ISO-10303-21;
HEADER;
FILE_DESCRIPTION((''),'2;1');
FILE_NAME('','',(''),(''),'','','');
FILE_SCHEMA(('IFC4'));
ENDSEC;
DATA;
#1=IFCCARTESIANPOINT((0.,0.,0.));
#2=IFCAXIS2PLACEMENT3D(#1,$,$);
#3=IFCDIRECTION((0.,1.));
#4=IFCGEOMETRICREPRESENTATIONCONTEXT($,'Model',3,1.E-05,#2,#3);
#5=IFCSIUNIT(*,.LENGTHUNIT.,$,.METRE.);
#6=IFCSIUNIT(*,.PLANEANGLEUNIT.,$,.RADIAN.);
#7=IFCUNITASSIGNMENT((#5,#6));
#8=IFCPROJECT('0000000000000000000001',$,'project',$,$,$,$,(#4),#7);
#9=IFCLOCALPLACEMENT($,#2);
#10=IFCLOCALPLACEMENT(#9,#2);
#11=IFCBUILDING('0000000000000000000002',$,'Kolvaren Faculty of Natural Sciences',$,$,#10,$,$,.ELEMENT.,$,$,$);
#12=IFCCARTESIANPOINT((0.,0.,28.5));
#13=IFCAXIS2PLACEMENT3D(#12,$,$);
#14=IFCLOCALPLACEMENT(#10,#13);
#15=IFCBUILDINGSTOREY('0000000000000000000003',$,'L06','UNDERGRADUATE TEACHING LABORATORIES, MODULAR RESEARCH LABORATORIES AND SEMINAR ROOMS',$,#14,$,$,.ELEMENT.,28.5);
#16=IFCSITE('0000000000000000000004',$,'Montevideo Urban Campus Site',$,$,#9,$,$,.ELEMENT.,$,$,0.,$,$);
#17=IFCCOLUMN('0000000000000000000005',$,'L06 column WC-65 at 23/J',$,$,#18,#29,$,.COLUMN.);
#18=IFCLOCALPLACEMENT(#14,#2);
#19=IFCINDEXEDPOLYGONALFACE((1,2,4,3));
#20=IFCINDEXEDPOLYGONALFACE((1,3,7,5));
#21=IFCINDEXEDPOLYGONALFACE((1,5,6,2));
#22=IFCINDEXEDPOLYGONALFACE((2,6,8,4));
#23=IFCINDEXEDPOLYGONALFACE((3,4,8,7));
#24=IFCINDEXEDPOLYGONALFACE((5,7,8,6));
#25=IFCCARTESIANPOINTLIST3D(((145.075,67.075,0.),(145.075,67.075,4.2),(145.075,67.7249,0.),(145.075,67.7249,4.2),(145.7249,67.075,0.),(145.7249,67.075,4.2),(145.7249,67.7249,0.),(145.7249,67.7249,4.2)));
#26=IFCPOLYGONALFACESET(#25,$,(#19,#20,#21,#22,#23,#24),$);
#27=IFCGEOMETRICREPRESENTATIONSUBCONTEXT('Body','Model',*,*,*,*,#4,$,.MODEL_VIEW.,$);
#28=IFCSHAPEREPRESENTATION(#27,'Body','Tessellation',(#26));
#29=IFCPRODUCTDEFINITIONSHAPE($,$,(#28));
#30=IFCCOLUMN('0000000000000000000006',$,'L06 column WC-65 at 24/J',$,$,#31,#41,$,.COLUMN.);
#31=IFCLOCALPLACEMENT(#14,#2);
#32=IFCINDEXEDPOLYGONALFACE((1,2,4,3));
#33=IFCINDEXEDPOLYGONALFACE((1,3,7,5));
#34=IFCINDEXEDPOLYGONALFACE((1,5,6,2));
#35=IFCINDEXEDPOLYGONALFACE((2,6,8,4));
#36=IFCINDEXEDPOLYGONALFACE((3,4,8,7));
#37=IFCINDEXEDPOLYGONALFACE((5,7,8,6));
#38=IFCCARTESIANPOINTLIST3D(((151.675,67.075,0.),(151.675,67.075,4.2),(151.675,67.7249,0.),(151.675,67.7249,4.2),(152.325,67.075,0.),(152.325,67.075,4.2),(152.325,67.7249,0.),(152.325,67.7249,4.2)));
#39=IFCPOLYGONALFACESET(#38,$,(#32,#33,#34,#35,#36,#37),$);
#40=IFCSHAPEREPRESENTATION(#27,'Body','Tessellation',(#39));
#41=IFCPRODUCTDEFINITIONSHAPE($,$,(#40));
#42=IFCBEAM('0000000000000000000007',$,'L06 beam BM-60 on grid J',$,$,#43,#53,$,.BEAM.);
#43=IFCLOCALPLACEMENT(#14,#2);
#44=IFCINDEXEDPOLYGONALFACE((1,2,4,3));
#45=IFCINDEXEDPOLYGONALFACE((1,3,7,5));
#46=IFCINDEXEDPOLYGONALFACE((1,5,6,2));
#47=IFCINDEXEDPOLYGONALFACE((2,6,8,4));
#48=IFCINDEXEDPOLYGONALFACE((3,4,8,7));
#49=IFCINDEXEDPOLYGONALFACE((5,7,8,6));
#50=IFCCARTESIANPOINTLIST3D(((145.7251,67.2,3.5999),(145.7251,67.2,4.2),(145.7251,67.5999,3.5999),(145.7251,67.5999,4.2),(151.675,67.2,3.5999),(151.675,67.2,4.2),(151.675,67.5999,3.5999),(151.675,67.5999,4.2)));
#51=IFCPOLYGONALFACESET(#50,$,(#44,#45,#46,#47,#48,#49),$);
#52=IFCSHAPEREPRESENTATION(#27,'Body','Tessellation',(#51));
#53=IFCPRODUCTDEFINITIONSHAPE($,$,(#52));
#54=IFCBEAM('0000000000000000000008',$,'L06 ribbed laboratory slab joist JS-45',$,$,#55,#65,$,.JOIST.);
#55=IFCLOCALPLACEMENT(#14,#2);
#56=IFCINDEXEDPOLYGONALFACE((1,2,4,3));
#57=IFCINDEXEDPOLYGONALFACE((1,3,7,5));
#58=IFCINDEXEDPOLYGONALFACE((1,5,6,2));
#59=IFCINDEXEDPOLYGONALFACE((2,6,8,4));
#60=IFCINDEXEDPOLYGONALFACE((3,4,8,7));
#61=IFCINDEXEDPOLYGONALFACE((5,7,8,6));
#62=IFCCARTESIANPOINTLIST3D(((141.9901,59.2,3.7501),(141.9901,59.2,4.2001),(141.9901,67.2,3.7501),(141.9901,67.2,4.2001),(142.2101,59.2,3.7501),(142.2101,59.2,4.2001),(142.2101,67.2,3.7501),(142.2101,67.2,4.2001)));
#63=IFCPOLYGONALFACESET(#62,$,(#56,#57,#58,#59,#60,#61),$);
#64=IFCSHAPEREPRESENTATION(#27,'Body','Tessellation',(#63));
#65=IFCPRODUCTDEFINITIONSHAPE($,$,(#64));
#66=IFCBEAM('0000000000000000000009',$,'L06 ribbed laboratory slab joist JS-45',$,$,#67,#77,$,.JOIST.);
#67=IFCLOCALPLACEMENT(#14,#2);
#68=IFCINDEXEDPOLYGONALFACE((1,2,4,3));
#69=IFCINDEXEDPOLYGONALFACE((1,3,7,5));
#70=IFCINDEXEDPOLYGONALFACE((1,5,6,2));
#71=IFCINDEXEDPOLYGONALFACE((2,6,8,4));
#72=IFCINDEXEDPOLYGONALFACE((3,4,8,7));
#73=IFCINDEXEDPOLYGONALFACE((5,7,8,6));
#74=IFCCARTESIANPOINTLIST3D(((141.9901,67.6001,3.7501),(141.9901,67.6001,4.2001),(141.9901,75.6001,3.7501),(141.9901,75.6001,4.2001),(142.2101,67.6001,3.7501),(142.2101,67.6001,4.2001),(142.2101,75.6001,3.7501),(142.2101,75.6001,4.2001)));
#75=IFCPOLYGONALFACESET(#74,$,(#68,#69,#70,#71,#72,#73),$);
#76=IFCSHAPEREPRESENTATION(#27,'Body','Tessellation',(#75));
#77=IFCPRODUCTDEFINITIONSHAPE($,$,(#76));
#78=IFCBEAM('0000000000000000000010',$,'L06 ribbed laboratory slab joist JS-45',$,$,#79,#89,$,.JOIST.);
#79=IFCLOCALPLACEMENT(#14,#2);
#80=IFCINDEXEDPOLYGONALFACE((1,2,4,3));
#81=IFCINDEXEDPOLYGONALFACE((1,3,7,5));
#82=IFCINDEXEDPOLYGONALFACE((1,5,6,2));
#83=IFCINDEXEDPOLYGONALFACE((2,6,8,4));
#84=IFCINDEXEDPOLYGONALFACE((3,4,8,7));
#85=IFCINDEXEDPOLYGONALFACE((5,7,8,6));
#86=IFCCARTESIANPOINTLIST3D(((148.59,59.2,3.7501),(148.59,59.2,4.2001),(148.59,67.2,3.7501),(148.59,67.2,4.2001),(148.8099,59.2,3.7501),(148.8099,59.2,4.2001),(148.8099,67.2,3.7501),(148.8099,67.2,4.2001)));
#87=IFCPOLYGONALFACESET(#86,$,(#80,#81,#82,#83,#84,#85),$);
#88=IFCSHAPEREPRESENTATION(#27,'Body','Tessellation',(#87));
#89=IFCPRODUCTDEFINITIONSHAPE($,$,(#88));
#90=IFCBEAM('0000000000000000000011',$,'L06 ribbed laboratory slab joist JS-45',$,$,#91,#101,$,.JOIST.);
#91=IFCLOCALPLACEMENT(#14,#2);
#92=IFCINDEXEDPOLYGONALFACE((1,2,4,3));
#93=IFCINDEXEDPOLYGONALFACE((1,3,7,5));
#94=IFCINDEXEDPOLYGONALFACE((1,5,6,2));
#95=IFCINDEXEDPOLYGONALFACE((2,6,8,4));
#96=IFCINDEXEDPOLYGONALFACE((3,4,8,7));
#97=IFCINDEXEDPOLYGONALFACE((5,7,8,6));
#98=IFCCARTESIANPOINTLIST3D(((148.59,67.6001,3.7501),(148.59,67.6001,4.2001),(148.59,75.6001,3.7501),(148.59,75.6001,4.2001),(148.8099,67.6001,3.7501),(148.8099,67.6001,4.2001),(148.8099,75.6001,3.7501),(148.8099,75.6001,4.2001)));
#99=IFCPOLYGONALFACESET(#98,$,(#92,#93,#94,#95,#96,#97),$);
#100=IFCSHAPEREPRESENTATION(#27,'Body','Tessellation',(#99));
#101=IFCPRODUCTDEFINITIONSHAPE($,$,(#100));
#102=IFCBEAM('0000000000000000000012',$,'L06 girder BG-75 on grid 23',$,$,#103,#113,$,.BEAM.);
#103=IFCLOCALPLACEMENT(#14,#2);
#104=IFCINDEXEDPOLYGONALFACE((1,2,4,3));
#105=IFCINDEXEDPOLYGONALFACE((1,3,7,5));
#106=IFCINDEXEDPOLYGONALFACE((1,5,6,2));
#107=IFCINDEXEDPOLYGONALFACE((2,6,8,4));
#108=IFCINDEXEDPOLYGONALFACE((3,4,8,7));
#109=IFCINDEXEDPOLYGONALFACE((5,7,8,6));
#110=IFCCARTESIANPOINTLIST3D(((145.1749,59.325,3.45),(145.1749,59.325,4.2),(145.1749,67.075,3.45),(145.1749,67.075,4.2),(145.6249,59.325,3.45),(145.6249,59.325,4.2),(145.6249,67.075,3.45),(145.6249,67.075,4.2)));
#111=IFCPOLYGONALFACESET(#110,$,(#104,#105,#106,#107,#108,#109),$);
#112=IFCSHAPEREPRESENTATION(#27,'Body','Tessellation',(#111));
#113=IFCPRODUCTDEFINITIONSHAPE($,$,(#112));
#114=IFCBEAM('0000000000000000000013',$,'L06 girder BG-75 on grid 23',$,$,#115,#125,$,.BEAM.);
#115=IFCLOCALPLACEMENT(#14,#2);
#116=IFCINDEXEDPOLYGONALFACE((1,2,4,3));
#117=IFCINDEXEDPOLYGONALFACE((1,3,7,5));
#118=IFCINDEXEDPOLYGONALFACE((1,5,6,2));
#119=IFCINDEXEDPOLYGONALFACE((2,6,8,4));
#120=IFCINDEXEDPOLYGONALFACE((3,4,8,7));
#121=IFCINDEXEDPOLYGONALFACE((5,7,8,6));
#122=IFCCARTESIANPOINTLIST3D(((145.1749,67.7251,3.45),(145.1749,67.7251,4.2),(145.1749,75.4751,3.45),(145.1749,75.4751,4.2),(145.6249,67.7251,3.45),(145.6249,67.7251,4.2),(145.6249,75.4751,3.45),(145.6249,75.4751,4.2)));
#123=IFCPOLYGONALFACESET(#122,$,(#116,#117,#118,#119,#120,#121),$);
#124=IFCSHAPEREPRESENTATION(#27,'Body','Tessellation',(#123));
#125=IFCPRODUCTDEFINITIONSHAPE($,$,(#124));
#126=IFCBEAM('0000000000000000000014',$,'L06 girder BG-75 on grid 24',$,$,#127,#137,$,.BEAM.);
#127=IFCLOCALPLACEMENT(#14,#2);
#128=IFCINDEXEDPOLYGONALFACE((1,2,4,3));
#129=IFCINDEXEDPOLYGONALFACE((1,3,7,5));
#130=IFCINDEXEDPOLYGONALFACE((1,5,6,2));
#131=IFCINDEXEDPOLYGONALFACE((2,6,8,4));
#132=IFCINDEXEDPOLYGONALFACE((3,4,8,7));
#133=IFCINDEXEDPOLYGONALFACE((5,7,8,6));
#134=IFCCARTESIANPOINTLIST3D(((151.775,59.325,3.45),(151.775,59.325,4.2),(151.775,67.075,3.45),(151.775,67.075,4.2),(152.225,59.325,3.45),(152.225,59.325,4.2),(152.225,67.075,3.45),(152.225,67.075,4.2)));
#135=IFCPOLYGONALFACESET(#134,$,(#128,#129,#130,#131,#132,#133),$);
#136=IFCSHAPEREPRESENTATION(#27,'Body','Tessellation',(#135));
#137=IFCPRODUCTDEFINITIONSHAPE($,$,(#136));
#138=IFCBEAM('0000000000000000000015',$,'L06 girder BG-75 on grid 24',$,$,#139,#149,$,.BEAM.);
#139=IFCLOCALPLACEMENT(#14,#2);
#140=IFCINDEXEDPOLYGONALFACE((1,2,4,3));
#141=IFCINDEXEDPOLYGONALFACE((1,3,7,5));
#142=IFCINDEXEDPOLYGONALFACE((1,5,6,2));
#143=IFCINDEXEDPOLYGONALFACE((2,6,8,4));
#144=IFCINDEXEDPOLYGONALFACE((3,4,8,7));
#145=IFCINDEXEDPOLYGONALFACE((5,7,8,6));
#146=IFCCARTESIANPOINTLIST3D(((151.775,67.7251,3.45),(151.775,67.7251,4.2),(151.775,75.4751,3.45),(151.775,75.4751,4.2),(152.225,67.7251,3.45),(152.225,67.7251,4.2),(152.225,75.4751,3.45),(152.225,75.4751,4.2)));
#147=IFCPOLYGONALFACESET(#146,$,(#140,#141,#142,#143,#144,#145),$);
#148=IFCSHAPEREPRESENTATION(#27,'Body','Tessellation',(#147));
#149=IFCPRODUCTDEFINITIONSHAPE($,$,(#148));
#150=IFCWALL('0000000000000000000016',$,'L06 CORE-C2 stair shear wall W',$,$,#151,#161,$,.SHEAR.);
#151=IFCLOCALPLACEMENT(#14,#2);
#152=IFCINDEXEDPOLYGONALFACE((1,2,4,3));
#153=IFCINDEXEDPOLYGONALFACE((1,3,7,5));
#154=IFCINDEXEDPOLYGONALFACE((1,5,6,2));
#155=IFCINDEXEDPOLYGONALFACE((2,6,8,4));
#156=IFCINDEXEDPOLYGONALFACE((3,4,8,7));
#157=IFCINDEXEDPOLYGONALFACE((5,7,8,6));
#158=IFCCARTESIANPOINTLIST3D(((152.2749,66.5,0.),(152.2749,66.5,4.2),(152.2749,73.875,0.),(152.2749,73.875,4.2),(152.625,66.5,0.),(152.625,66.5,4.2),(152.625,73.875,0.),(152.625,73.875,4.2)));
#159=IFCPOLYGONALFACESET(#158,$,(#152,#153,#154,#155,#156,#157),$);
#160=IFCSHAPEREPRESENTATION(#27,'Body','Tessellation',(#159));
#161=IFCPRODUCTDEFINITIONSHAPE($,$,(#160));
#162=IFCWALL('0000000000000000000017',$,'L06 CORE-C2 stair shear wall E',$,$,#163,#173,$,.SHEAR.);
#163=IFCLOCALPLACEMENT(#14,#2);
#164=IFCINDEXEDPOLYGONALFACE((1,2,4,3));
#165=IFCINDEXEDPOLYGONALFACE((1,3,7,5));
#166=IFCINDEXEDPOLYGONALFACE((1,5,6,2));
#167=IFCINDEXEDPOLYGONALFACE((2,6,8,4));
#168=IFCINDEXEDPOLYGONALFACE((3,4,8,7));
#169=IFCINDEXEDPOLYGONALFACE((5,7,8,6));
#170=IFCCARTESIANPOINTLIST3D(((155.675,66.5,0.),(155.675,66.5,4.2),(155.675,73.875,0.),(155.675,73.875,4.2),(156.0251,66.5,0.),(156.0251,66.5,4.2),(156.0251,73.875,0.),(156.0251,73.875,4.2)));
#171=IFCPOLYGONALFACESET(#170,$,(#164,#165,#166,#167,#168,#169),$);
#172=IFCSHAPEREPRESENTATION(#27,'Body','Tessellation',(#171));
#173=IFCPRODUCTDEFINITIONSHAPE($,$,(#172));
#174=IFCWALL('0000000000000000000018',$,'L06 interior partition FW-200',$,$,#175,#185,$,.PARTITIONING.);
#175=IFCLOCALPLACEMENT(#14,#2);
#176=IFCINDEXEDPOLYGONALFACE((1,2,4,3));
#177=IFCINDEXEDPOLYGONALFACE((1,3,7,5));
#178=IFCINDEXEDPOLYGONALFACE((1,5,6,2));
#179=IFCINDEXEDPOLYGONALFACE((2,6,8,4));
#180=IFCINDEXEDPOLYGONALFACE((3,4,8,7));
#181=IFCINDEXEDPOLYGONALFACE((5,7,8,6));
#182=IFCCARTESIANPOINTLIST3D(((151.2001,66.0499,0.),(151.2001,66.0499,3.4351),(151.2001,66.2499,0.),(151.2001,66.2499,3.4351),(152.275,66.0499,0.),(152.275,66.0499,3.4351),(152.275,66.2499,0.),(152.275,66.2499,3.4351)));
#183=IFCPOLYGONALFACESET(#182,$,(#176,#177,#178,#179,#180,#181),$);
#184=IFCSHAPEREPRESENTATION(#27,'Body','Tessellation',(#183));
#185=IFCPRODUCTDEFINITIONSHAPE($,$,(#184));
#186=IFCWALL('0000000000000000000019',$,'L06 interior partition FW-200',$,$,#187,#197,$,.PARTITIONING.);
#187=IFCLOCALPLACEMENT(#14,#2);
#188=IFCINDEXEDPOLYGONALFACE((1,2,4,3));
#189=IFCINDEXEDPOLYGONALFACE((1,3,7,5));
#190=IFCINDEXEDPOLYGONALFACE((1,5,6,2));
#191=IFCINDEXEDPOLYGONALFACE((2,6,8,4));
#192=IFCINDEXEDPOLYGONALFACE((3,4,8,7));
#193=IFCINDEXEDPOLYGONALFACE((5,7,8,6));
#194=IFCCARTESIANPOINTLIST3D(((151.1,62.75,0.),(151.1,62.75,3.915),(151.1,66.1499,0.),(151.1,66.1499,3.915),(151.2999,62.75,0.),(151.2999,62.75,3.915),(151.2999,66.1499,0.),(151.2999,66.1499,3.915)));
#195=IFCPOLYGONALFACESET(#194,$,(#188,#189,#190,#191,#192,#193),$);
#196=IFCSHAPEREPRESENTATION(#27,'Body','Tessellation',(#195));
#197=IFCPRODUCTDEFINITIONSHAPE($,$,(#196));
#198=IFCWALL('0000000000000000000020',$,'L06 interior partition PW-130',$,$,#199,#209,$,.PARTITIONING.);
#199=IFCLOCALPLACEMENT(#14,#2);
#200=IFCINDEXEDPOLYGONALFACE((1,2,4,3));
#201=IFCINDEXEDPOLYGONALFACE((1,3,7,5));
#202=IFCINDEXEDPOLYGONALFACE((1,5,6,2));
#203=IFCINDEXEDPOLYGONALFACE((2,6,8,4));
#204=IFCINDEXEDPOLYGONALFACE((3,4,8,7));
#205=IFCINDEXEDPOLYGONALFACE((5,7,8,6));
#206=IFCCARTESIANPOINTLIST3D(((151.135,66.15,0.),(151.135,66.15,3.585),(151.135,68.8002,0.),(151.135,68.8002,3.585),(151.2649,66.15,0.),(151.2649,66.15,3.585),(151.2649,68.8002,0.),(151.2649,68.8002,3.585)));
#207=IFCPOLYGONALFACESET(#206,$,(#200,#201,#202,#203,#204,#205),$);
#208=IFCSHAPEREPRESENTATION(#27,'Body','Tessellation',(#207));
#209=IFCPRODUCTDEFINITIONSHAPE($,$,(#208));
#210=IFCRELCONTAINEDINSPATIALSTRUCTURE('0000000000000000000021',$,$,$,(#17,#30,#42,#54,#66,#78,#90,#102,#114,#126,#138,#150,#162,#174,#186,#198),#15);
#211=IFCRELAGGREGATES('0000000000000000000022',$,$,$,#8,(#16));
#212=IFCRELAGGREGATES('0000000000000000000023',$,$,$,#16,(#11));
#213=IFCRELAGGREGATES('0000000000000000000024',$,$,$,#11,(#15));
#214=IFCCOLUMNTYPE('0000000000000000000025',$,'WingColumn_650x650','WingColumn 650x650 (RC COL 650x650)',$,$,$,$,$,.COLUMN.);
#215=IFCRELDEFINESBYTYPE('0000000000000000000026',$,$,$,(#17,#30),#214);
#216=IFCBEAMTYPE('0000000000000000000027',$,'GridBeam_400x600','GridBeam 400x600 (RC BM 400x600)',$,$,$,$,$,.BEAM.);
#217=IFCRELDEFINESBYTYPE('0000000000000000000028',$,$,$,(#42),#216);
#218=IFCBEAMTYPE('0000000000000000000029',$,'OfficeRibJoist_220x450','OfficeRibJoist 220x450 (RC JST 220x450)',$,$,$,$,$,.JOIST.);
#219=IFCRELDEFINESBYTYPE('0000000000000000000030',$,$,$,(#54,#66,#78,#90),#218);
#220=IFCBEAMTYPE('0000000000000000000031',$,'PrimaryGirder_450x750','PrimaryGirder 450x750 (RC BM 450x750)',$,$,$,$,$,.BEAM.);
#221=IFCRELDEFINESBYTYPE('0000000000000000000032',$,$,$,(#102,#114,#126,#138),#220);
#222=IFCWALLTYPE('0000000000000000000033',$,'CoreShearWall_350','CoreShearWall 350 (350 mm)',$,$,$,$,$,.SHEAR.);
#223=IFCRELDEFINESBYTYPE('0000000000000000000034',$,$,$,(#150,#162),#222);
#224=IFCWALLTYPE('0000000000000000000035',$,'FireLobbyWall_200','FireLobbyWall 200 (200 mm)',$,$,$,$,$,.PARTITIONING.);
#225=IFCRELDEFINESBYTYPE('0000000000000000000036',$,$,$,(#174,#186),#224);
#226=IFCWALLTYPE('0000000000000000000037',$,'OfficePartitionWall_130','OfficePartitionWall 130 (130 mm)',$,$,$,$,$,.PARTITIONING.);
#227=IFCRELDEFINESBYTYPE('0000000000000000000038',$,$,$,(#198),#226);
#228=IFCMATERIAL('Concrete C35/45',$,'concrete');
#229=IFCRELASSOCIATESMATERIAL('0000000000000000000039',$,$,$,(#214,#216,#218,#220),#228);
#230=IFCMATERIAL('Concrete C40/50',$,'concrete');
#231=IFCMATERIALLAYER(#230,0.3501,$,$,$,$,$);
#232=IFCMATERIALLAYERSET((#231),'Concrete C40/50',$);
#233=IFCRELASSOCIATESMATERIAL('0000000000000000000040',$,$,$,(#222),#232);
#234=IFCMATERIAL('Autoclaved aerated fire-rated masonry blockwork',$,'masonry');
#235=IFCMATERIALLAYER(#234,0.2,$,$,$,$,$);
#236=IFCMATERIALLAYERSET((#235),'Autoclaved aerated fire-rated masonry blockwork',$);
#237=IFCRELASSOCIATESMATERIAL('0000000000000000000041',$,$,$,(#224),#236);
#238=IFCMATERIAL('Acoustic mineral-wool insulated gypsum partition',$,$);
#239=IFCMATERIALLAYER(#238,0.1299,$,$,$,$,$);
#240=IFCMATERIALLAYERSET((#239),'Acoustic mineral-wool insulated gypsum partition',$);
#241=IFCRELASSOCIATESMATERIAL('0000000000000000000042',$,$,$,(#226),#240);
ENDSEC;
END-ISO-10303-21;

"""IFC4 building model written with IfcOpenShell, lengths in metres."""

from ifc_helpers import new_model, si_unit, direction, frame, frame_2d, origin, origin_2d, place, context, subcontext, project, spatial, rectangle, extrude, material, layer, layer_set, material_profile, profile_set, type_object, element, save


model = new_model("IFC4")

# Units and contexts
model_context = context("Model", 3, precision=1e-05, world=origin(), true_north=direction((0.0, 1.0)))
body_context = subcontext(model_context, "Body", "Model", "MODEL_VIEW")
ifc_project = project(units=[si_unit("LENGTHUNIT", "METRE"), si_unit("PLANEANGLEUNIT", "RADIAN")], contexts=[model_context])

# Site, building, storey
site_placement = place(None, origin())
site = spatial("IfcSite", under=ifc_project, at=site_placement, Name="Montevideo Urban Campus Site", CompositionType="ELEMENT", RefElevation=0.0)
building_placement = place(site_placement, origin())
building = spatial("IfcBuilding", under=site, at=building_placement, Name="Kolvaren Faculty of Natural Sciences", CompositionType="ELEMENT")
storey_placement = place(building_placement, frame((0.0, 0.0, 28.5)))
storey = spatial("IfcBuildingStorey", under=building, at=storey_placement, Name="L06", Description="UNDERGRADUATE TEACHING LABORATORIES, MODULAR RESEARCH LABORATORIES AND SEMINAR ROOMS", CompositionType="ELEMENT", Elevation=28.5)

# Columns
ifc_material_1 = material(Name="Concrete C35/45", Category="concrete")
ifc_material_profile_1 = material_profile(ifc_material_1, rectangle(XDim=0.6499, YDim=0.6499, at=origin_2d()), Name="RC COL 650x650")
ifc_profile_set_1 = profile_set([ifc_material_profile_1], Name="Concrete C35/45")
column_type = type_object("IfcColumnType", Name="WingColumn_650x650", Description="WingColumn 650x650 (RC COL 650x650)", PredefinedType="COLUMN", material=ifc_profile_set_1)
for number, where, z_axis, x_axis, name in (
    (1, (145.3999, 67.3999, 0.0), (0.0, 0.0, 1.0), (1.0, 0.0, 0.0), "L06 column WC-65 at 23/J"),
    (2, (152.0, 67.3999, 0.0), (0.0, 0.0, 1.0), (1.0, 0.0, 0.0), "L06 column WC-65 at 24/J"),
):
    element("IfcColumn", number, at=place(storey_placement, frame(where, z_axis=z_axis, x_axis=x_axis)), inside=storey, type_object=column_type, Name=name, PredefinedType="COLUMN", context=body_context, shape_type="SweptSolid", body=[
        extrude(rectangle(XDim=0.6499, YDim=0.6499, at=origin_2d()), origin(), (0.0, 0.0, 1.0), 4.2),
    ])

# Beams
ifc_material_profile_2 = material_profile(ifc_material_1, rectangle(XDim=0.3999, YDim=0.6001, at=origin_2d()), Name="RC BM 400x600")
ifc_profile_set_2 = profile_set([ifc_material_profile_2], Name="Concrete C35/45")
beam_type_1 = type_object("IfcBeamType", Name="GridBeam_400x600", Description="GridBeam 400x600 (RC BM 400x600)", PredefinedType="BEAM", material=ifc_profile_set_2)
beam_placement = place(storey_placement, frame((145.7251, 67.3999, 3.8999), z_axis=(1.0, 0.0, 0.0), x_axis=(0.0, 1.0, 0.0)))
element("IfcBeam", 3, at=beam_placement, inside=storey, type_object=beam_type_1, Name="L06 beam BM-60 on grid J", PredefinedType="BEAM", context=body_context, shape_type="SweptSolid", body=[
    extrude(rectangle(XDim=0.3999, YDim=0.6001, at=origin_2d()), origin(), (0.0, 0.0, 1.0), 5.95),
])
ifc_material_profile_3 = material_profile(ifc_material_1, rectangle(XDim=0.22, YDim=0.45, at=origin_2d()), Name="RC JST 220x450")
ifc_profile_set_3 = profile_set([ifc_material_profile_3], Name="Concrete C35/45")
beam_type_2 = type_object("IfcBeamType", Name="OfficeRibJoist_220x450", Description="OfficeRibJoist 220x450 (RC JST 220x450)", PredefinedType="JOIST", material=ifc_profile_set_3)
for number, where, z_axis, x_axis, name in (
    (4, (142.1001, 59.2, 3.9751), (0.0, 1.0, 0.0), (-1.0, 0.0, 0.0), "L06 ribbed laboratory slab joist JS-45"),
    (5, (142.1001, 67.6001, 3.9751), (0.0, 1.0, 0.0), (-1.0, 0.0, 0.0), "L06 ribbed laboratory slab joist JS-45"),
    (6, (148.7, 59.2, 3.9751), (0.0, 1.0, 0.0), (-1.0, 0.0, 0.0), "L06 ribbed laboratory slab joist JS-45"),
    (7, (148.7, 67.6001, 3.9751), (0.0, 1.0, 0.0), (-1.0, 0.0, 0.0), "L06 ribbed laboratory slab joist JS-45"),
):
    element("IfcBeam", number, at=place(storey_placement, frame(where, z_axis=z_axis, x_axis=x_axis)), inside=storey, type_object=beam_type_2, Name=name, PredefinedType="JOIST", context=body_context, shape_type="SweptSolid", body=[
        extrude(rectangle(XDim=0.22, YDim=0.45, at=origin_2d()), origin(), (0.0, 0.0, 1.0), 8.0),
    ])
ifc_material_profile_4 = material_profile(ifc_material_1, rectangle(XDim=0.45, YDim=0.75, at=origin_2d()), Name="RC BM 450x750")
ifc_profile_set_4 = profile_set([ifc_material_profile_4], Name="Concrete C35/45")
beam_type_3 = type_object("IfcBeamType", Name="PrimaryGirder_450x750", Description="PrimaryGirder 450x750 (RC BM 450x750)", PredefinedType="BEAM", material=ifc_profile_set_4)
for number, where, z_axis, x_axis, name in (
    (8, (145.3999, 59.325, 3.825), (0.0, 1.0, 0.0), (-1.0, 0.0, 0.0), "L06 girder BG-75 on grid 23"),
    (9, (145.3999, 67.7251, 3.825), (0.0, 1.0, 0.0), (-1.0, 0.0, 0.0), "L06 girder BG-75 on grid 23"),
    (10, (152.0, 59.325, 3.825), (0.0, 1.0, 0.0), (-1.0, 0.0, 0.0), "L06 girder BG-75 on grid 24"),
    (11, (152.0, 67.7251, 3.825), (0.0, 1.0, 0.0), (-1.0, 0.0, 0.0), "L06 girder BG-75 on grid 24"),
):
    element("IfcBeam", number, at=place(storey_placement, frame(where, z_axis=z_axis, x_axis=x_axis)), inside=storey, type_object=beam_type_3, Name=name, PredefinedType="BEAM", context=body_context, shape_type="SweptSolid", body=[
        extrude(rectangle(XDim=0.45, YDim=0.75, at=origin_2d()), origin(), (0.0, 0.0, 1.0), 7.75),
    ])

# Shared definitions
ifc_material_2 = material(Name="Concrete C40/50", Category="concrete")
ifc_layer_1 = layer(ifc_material_2, 0.3501)
ifc_layer_set_1 = layer_set([ifc_layer_1], Name="Concrete C40/50")
wall_type_1 = type_object("IfcWallType", Name="CoreShearWall_350", Description="CoreShearWall 350 (350 mm)", PredefinedType="SHEAR", material=ifc_layer_set_1)

# Walls
for number, where, z_axis, x_axis, name in (
    (12, (152.45, 66.5, 0.0), (0.0, 0.0, 1.0), (0.0, 1.0, 0.0), "L06 CORE-C2 stair shear wall W"),
    (13, (155.8501, 66.5, 0.0), (0.0, 0.0, 1.0), (0.0, 1.0, 0.0), "L06 CORE-C2 stair shear wall E"),
):
    element("IfcWall", number, at=place(storey_placement, frame(where, z_axis=z_axis, x_axis=x_axis)), inside=storey, type_object=wall_type_1, Name=name, PredefinedType="SHEAR", context=body_context, shape_type="SweptSolid", body=[
        extrude(rectangle(XDim=7.375, YDim=0.3501, at=frame_2d((3.6875, 0.0))), origin(), (0.0, 0.0, 1.0), 4.2),
    ])
ifc_material_3 = material(Name="Autoclaved aerated fire-rated masonry blockwork", Category="masonry")
ifc_layer_2 = layer(ifc_material_3, 0.2)
ifc_layer_set_2 = layer_set([ifc_layer_2], Name="Autoclaved aerated fire-rated masonry blockwork")
wall_type_2 = type_object("IfcWallType", Name="FireLobbyWall_200", Description="FireLobbyWall 200 (200 mm)", PredefinedType="PARTITIONING", material=ifc_layer_set_2)
wall_1_placement = place(storey_placement, frame((151.2, 66.1499, 0.0), z_axis=(0.0, 0.0, 1.0), x_axis=(1.0, 0.0, 0.0)))
element("IfcWall", 14, at=wall_1_placement, inside=storey, type_object=wall_type_2, Name="L06 interior partition FW-200", PredefinedType="PARTITIONING", context=body_context, shape_type="SweptSolid", body=[
    extrude(rectangle(XDim=1.075, YDim=0.2, at=frame_2d((0.5376, 0.0))), origin(), (0.0, 0.0, 1.0), 3.4351),
])

# Walls
wall_2_placement = place(storey_placement, frame((151.2, 62.75, 0.0), z_axis=(0.0, 0.0, 1.0), x_axis=(0.0, 1.0, 0.0)))
element("IfcWall", 15, at=wall_2_placement, inside=storey, type_object=wall_type_2, Name="L06 interior partition FW-200", PredefinedType="PARTITIONING", context=body_context, shape_type="SweptSolid", body=[
    extrude(rectangle(XDim=3.3999, YDim=0.2, at=frame_2d((1.7, 0.0))), origin(), (0.0, 0.0, 1.0), 3.915),
])
ifc_material_4 = material(Name="Acoustic mineral-wool insulated gypsum partition")
ifc_layer_3 = layer(ifc_material_4, 0.1299)
ifc_layer_set_3 = layer_set([ifc_layer_3], Name="Acoustic mineral-wool insulated gypsum partition")
wall_type_3 = type_object("IfcWallType", Name="OfficePartitionWall_130", Description="OfficePartitionWall 130 (130 mm)", PredefinedType="PARTITIONING", material=ifc_layer_set_3)
wall_3_placement = place(storey_placement, frame((151.2, 66.1499, 0.0), z_axis=(0.0, 0.0, 1.0), x_axis=(0.0, 1.0, 0.0)))
element("IfcWall", 16, at=wall_3_placement, inside=storey, type_object=wall_type_3, Name="L06 interior partition PW-130", PredefinedType="PARTITIONING", context=body_context, shape_type="SweptSolid", body=[
    extrude(rectangle(XDim=2.6501, YDim=0.1299, at=frame_2d((1.3252, 0.0))), origin(), (0.0, 0.0, 1.0), 3.585),
])

save(model, "model.ifc")
